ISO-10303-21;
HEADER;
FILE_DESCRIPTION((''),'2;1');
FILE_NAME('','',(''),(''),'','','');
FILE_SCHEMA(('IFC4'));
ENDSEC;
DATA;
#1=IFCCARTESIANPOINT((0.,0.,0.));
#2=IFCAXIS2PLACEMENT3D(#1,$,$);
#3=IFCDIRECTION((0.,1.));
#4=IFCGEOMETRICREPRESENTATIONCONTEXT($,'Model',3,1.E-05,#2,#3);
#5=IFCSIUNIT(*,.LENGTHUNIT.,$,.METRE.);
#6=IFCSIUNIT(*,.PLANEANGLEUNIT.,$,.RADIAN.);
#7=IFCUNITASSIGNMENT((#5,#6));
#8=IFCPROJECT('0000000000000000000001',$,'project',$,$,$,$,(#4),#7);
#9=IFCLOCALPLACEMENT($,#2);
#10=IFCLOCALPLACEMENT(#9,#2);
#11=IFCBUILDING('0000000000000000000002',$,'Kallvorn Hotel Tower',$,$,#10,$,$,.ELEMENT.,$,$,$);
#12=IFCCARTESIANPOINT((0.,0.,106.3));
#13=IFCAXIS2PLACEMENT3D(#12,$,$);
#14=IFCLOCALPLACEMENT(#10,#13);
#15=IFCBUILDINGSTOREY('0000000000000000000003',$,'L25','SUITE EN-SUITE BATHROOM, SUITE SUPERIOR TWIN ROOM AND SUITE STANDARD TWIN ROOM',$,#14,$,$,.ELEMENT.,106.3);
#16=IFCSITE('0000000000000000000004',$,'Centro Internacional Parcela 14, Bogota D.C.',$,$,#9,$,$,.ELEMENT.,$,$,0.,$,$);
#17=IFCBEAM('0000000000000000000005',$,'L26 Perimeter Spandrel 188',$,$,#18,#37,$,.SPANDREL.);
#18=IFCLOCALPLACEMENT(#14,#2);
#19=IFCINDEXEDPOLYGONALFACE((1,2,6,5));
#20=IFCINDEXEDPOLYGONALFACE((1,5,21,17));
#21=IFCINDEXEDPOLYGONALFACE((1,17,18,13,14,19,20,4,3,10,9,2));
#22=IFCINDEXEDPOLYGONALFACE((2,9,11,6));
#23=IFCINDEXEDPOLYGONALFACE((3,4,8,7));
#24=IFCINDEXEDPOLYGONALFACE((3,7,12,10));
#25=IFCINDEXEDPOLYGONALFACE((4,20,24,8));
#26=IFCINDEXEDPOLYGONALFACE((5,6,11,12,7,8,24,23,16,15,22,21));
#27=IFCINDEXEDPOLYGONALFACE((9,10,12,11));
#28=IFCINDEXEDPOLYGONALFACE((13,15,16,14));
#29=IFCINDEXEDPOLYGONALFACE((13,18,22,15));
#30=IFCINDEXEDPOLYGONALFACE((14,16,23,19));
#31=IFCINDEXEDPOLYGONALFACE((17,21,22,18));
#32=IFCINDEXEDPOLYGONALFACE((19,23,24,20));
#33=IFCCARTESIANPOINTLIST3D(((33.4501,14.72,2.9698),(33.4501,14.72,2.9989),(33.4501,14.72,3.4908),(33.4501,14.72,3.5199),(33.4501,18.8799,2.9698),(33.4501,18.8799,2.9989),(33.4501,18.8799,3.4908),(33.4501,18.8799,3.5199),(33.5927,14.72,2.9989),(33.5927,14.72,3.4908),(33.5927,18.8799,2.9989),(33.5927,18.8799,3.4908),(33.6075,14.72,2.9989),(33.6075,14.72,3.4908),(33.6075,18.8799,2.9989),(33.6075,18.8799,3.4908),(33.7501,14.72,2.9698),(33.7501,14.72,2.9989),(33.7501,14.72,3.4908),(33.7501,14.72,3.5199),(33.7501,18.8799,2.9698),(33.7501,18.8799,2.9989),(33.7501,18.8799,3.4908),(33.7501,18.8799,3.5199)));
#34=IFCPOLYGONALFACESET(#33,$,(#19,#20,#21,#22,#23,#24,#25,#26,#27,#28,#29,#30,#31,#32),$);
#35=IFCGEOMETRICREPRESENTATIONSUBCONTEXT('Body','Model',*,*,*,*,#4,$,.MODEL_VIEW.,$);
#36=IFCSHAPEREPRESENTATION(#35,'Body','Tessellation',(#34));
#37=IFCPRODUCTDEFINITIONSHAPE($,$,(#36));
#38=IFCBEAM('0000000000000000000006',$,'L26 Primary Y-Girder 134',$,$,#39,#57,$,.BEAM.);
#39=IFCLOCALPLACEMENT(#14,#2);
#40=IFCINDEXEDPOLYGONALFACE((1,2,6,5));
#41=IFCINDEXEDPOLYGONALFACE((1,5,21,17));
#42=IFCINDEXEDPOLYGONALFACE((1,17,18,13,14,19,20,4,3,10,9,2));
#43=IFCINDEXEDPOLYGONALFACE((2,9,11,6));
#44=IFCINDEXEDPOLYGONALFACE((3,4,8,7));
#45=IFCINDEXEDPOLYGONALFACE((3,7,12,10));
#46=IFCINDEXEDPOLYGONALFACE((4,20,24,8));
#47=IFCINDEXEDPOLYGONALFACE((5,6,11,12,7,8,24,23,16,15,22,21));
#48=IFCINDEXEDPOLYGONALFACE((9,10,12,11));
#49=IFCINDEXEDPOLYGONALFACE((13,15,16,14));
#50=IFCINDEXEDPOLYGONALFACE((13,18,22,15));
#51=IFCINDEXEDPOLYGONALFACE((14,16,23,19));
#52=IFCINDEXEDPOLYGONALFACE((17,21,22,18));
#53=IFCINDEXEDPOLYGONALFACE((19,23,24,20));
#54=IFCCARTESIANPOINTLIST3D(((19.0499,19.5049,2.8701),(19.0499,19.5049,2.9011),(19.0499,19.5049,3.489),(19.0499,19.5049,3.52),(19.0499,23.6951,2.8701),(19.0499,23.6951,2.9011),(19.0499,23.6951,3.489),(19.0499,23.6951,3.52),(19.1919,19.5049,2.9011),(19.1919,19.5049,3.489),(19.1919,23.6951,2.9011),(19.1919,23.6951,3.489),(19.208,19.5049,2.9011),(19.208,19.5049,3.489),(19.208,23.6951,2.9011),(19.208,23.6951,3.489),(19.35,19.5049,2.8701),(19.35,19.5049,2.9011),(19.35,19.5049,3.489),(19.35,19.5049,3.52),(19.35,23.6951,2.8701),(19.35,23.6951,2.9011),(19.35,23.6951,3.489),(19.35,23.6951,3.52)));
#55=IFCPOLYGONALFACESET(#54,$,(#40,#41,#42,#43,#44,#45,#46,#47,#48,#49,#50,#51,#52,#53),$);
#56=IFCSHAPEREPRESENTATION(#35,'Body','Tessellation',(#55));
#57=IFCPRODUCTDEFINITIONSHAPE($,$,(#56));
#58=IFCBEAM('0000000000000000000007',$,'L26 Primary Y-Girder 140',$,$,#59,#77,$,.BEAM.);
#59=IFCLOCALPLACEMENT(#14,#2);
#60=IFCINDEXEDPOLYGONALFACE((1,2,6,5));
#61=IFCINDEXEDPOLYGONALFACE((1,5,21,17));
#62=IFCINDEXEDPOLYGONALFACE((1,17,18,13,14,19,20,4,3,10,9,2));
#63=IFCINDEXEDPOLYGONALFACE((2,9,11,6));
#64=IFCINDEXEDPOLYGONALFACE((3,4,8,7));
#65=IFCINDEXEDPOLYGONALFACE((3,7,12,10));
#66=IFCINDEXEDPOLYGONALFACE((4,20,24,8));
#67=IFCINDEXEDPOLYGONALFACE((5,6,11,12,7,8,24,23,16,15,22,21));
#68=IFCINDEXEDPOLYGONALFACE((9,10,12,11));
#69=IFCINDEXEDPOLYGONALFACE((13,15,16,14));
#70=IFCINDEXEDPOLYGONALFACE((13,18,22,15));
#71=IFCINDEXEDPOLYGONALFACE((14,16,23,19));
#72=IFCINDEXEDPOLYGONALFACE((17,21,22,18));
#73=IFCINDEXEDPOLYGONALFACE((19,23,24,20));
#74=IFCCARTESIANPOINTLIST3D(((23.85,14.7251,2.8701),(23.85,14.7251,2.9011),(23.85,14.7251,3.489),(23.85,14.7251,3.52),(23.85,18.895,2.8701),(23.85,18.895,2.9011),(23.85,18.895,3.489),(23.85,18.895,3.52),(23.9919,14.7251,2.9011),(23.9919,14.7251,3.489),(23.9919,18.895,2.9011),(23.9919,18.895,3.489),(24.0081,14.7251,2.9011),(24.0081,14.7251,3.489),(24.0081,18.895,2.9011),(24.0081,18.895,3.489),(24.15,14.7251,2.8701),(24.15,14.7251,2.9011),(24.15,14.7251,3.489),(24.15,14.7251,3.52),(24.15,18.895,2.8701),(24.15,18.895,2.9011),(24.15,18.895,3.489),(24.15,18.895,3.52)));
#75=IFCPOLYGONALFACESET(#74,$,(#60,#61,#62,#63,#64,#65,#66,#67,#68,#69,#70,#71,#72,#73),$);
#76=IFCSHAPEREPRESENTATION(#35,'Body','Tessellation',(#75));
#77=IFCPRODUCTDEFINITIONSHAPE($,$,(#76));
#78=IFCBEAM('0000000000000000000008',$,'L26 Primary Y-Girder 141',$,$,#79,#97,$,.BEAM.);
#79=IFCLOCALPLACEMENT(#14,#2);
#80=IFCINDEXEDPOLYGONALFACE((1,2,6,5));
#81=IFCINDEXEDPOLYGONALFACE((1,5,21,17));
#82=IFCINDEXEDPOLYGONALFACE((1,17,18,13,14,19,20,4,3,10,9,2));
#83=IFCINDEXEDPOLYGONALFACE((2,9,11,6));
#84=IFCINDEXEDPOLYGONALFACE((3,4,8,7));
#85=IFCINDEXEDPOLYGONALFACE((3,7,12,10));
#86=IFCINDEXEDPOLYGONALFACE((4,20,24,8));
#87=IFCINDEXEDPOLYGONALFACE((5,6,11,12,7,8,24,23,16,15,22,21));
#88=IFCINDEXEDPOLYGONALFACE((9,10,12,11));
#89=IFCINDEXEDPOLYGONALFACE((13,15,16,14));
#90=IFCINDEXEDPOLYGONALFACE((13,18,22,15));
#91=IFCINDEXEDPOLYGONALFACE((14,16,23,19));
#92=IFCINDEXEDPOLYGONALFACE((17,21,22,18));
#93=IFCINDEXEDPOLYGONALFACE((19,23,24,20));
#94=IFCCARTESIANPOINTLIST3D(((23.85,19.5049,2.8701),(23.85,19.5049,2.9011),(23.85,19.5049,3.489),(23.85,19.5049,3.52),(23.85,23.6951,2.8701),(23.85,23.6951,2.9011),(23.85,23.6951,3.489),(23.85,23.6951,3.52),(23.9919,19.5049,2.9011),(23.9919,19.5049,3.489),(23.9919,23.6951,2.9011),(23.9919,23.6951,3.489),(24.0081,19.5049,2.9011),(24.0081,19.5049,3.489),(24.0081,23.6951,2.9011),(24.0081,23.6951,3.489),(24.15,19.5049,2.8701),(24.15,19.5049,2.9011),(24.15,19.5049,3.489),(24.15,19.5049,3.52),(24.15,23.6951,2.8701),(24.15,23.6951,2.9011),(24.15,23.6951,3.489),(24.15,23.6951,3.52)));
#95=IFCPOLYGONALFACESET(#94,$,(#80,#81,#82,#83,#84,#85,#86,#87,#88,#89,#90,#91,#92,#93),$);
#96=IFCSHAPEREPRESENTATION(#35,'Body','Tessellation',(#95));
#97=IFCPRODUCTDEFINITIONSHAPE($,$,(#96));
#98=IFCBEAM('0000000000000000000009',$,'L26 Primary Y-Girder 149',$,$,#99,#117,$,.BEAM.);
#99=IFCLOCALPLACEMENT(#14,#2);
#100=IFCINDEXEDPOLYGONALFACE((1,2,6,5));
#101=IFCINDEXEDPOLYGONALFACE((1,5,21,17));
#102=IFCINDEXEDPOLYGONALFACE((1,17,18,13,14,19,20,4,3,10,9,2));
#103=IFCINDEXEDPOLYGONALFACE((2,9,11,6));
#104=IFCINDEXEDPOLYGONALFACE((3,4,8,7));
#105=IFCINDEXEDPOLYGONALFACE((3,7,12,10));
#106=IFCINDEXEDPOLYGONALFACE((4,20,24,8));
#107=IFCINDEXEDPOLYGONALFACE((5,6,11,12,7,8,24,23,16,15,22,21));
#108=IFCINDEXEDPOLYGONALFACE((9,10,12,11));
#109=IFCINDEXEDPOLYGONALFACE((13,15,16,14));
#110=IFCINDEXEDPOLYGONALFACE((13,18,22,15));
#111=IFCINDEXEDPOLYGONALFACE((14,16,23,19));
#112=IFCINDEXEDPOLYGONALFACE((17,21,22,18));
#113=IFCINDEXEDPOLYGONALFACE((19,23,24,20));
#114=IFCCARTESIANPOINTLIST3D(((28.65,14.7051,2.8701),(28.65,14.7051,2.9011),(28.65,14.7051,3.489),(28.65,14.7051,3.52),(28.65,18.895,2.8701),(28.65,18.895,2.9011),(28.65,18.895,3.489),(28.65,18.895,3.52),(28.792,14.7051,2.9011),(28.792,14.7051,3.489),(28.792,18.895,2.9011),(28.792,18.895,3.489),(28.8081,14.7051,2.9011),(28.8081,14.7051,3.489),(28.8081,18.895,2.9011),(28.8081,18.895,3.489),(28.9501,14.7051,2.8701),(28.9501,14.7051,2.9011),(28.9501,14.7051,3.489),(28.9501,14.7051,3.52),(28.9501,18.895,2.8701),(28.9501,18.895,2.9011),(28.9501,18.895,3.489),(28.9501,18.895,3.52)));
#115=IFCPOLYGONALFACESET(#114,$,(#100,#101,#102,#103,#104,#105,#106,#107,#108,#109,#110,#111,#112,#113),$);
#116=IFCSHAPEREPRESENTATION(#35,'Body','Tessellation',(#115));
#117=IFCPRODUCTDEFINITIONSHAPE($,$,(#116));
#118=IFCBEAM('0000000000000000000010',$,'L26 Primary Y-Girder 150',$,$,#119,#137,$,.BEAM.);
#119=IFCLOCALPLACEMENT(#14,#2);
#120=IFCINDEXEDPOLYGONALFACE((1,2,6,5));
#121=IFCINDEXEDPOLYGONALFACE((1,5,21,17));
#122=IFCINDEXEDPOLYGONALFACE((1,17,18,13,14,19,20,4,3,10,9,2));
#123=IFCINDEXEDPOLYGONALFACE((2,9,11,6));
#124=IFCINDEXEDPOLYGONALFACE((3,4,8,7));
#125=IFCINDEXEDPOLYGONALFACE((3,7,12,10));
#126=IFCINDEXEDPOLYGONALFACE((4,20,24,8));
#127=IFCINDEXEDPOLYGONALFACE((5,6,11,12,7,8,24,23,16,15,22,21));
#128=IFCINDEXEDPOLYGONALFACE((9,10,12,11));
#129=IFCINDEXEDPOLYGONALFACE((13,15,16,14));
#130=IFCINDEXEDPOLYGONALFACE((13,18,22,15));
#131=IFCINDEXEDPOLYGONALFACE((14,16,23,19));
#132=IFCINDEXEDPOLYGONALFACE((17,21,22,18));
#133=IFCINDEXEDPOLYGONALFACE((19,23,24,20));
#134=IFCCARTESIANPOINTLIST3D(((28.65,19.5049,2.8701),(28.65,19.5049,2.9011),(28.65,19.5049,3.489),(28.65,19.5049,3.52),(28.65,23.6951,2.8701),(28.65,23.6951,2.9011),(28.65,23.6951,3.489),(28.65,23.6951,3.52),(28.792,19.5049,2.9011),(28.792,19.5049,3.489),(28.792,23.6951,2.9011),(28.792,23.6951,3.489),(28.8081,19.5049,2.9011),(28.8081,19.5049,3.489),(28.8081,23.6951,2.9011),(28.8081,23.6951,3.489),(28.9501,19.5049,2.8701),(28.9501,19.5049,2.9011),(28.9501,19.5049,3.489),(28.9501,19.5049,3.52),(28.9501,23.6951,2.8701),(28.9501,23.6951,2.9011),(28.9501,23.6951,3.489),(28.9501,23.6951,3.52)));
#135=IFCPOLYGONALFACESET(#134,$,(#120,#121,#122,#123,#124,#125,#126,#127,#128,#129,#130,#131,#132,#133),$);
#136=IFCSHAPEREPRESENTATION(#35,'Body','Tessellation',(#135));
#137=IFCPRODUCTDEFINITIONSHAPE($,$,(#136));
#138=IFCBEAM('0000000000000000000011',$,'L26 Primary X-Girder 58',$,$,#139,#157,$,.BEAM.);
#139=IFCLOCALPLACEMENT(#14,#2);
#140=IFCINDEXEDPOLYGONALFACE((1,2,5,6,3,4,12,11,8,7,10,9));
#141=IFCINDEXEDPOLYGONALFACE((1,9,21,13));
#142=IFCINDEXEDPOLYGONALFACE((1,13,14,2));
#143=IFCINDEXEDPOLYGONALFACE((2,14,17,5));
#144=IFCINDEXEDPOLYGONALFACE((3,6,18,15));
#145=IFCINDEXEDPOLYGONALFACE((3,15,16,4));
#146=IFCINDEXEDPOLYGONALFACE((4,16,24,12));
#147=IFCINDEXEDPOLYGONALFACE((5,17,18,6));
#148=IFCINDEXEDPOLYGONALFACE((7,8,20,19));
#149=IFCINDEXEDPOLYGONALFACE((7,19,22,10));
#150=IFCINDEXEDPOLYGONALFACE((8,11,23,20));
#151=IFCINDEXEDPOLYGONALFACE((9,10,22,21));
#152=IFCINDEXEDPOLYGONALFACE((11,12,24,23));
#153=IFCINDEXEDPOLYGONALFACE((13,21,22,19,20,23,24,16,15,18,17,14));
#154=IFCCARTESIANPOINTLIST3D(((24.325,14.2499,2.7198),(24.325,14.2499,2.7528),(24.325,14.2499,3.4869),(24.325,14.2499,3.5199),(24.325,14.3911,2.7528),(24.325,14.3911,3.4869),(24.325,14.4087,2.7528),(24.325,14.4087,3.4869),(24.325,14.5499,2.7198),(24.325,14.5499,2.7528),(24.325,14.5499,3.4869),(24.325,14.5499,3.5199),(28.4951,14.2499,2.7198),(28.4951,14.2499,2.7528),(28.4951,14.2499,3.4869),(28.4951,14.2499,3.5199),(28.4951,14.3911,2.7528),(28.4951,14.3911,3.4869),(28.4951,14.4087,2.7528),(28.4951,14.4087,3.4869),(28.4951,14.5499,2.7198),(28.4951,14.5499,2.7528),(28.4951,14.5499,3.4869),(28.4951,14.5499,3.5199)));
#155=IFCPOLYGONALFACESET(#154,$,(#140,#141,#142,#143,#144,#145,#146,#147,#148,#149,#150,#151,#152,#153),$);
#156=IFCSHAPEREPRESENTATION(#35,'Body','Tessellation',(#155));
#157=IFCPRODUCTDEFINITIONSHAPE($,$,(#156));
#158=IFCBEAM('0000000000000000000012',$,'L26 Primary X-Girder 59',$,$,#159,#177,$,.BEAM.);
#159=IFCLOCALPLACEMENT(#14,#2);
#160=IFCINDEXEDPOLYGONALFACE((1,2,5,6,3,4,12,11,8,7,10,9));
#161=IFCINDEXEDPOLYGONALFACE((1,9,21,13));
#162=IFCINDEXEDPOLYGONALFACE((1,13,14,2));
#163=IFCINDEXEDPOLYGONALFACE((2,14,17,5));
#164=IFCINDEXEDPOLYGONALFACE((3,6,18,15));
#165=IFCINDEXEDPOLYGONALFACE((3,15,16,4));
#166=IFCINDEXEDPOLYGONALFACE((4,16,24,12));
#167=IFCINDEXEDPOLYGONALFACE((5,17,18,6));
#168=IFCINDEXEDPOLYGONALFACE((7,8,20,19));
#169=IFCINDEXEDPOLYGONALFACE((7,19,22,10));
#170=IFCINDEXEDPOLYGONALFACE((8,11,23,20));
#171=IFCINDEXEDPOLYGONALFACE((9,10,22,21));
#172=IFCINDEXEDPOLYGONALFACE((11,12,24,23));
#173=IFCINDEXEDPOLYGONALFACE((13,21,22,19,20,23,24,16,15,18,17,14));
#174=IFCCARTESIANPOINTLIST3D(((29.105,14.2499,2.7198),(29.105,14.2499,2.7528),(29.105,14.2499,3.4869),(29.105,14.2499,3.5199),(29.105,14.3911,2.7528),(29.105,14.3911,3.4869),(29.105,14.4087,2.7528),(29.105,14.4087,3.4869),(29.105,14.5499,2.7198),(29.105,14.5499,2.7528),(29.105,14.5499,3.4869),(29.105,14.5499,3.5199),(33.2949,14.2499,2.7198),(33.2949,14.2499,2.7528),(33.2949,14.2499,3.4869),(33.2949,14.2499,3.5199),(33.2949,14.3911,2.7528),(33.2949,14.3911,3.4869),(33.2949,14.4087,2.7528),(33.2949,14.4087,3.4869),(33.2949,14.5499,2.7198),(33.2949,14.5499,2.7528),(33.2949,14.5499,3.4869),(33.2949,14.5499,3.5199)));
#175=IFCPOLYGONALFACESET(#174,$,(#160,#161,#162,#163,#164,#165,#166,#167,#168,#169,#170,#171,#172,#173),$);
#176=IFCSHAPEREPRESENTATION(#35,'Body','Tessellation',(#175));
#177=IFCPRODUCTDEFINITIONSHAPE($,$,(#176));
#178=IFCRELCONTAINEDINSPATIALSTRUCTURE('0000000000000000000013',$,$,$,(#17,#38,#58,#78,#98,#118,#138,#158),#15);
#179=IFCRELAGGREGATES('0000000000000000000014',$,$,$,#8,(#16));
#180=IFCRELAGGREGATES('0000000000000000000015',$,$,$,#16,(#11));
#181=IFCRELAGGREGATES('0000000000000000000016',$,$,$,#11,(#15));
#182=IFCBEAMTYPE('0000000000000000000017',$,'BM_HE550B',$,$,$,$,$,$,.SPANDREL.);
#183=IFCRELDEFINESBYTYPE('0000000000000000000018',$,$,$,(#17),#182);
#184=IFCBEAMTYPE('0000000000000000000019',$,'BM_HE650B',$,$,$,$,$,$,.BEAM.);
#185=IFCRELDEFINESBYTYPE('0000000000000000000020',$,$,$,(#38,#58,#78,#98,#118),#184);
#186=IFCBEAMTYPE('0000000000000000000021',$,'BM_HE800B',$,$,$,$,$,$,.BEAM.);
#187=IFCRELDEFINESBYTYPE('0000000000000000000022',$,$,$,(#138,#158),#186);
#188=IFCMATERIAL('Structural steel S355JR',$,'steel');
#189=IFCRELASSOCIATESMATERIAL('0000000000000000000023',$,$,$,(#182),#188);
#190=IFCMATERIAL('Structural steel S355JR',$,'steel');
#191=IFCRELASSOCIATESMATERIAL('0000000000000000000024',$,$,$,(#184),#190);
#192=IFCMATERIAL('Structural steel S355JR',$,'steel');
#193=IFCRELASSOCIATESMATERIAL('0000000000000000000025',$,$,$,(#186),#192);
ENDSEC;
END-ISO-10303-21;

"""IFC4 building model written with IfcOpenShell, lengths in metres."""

from ifc_helpers import new_model, si_unit, direction, frame, origin, origin_2d, place, context, subcontext, project, spatial, i_section, extrude, material, material_profile, profile_set, type_object, element, save


model = new_model("IFC4")

# Units and contexts
model_context = context("Model", 3, precision=1e-05, world=origin(), true_north=direction((0.0, 1.0)))
body_context = subcontext(model_context, "Body", "Model", "MODEL_VIEW")
ifc_project = project(units=[si_unit("LENGTHUNIT", "METRE"), si_unit("PLANEANGLEUNIT", "RADIAN")], contexts=[model_context])

# Site, building, storey
site_placement = place(None, origin())
site = spatial("IfcSite", under=ifc_project, at=site_placement, Name="Centro Internacional Parcela 14, Bogota D.C.", CompositionType="ELEMENT", RefElevation=0.0)
building_placement = place(site_placement, origin())
building = spatial("IfcBuilding", under=site, at=building_placement, Name="Kallvorn Hotel Tower", CompositionType="ELEMENT")
storey_placement = place(building_placement, frame((0.0, 0.0, 106.3)))
storey = spatial("IfcBuildingStorey", under=building, at=storey_placement, Name="L25", Description="SUITE EN-SUITE BATHROOM, SUITE SUPERIOR TWIN ROOM AND SUITE STANDARD TWIN ROOM", CompositionType="ELEMENT", Elevation=106.3)

# Beams
ifc_material_1 = material(Name="Structural steel S355JR", Category="steel")
ifc_material_profile_1 = material_profile(ifc_material_1, i_section(OverallWidth=0.3, OverallDepth=0.55, WebThickness=0.0149, FlangeThickness=0.0291, at=origin_2d()), Name="HE 550 B")
ifc_profile_set_1 = profile_set([ifc_material_profile_1], Name="Structural steel S355JR")
beam_type_1 = type_object("IfcBeamType", Name="BM_HE550B", PredefinedType="SPANDREL", material=ifc_profile_set_1)
for number, where, z_axis, x_axis, name in (
    (1, (33.6001, 14.72, 3.2449), (0.0, 1.0, 0.0), (-1.0, 0.0, 0.0), "L26 Perimeter Spandrel 188"),
):
    element("IfcBeam", number, at=place(storey_placement, frame(where, z_axis=z_axis, x_axis=x_axis)), inside=storey, type_object=beam_type_1, Name=name, PredefinedType="SPANDREL", context=body_context, shape_type="SweptSolid", body=[
        extrude(i_section(OverallWidth=0.3, OverallDepth=0.55, WebThickness=0.0149, FlangeThickness=0.0291, at=origin_2d()), origin(), (0.0, 0.0, 1.0), 4.1599),
    ])
ifc_material_2 = material(Name="Structural steel S355JR", Category="steel")
ifc_material_profile_2 = material_profile(ifc_material_2, i_section(OverallWidth=0.3, OverallDepth=0.6499, WebThickness=0.0161, FlangeThickness=0.031, at=origin_2d()), Name="HE 650 B")
ifc_profile_set_2 = profile_set([ifc_material_profile_2], Name="Structural steel S355JR")
beam_type_2 = type_object("IfcBeamType", Name="BM_HE650B", PredefinedType="BEAM", material=ifc_profile_set_2)
beam_1_placement = place(storey_placement, frame((19.2, 19.5049, 3.1951), z_axis=(0.0, 1.0, 0.0), x_axis=(-1.0, 0.0, 0.0)))
element("IfcBeam", 2, at=beam_1_placement, inside=storey, type_object=beam_type_2, Name="L26 Primary Y-Girder 134", PredefinedType="BEAM", context=body_context, shape_type="SweptSolid", body=[
    extrude(i_section(OverallWidth=0.3, OverallDepth=0.6499, WebThickness=0.0161, FlangeThickness=0.031, at=origin_2d()), origin(), (0.0, 0.0, 1.0), 4.1902),
])
beam_2_placement = place(storey_placement, frame((24.0, 14.7251, 3.1951), z_axis=(0.0, 1.0, 0.0), x_axis=(-1.0, 0.0, 0.0)))
element("IfcBeam", 3, at=beam_2_placement, inside=storey, type_object=beam_type_2, Name="L26 Primary Y-Girder 140", PredefinedType="BEAM", context=body_context, shape_type="SweptSolid", body=[
    extrude(i_section(OverallWidth=0.3, OverallDepth=0.6499, WebThickness=0.0161, FlangeThickness=0.031, at=origin_2d()), origin(), (0.0, 0.0, 1.0), 4.1699),
])
beam_3_placement = place(storey_placement, frame((24.0, 19.5049, 3.1951), z_axis=(0.0, 1.0, 0.0), x_axis=(-1.0, 0.0, 0.0)))
element("IfcBeam", 4, at=beam_3_placement, inside=storey, type_object=beam_type_2, Name="L26 Primary Y-Girder 141", PredefinedType="BEAM", context=body_context, shape_type="SweptSolid", body=[
    extrude(i_section(OverallWidth=0.3, OverallDepth=0.6499, WebThickness=0.0161, FlangeThickness=0.031, at=origin_2d()), origin(), (0.0, 0.0, 1.0), 4.1902),
])
beam_4_placement = place(storey_placement, frame((28.8, 14.7051, 3.1951), z_axis=(0.0, 1.0, 0.0), x_axis=(-1.0, 0.0, 0.0)))
element("IfcBeam", 5, at=beam_4_placement, inside=storey, type_object=beam_type_2, Name="L26 Primary Y-Girder 149", PredefinedType="BEAM", context=body_context, shape_type="SweptSolid", body=[
    extrude(i_section(OverallWidth=0.3, OverallDepth=0.6499, WebThickness=0.0161, FlangeThickness=0.031, at=origin_2d()), origin(), (0.0, 0.0, 1.0), 4.1899),
])
beam_5_placement = place(storey_placement, frame((28.8, 19.5049, 3.1951), z_axis=(0.0, 1.0, 0.0), x_axis=(-1.0, 0.0, 0.0)))
element("IfcBeam", 6, at=beam_5_placement, inside=storey, type_object=beam_type_2, Name="L26 Primary Y-Girder 150", PredefinedType="BEAM", context=body_context, shape_type="SweptSolid", body=[
    extrude(i_section(OverallWidth=0.3, OverallDepth=0.6499, WebThickness=0.0161, FlangeThickness=0.031, at=origin_2d()), origin(), (0.0, 0.0, 1.0), 4.1902),
])
ifc_material_3 = material(Name="Structural steel S355JR", Category="steel")
ifc_material_profile_3 = material_profile(ifc_material_3, i_section(OverallWidth=0.3, OverallDepth=0.8, WebThickness=0.0176, FlangeThickness=0.033, at=origin_2d()), Name="HE 800 B")
ifc_profile_set_3 = profile_set([ifc_material_profile_3], Name="Structural steel S355JR")
beam_type_3 = type_object("IfcBeamType", Name="BM_HE800B", PredefinedType="BEAM", material=ifc_profile_set_3)
beam_6_placement = place(storey_placement, frame((24.325, 14.3999, 3.1199), z_axis=(1.0, 0.0, 0.0), x_axis=(0.0, 1.0, 0.0)))
element("IfcBeam", 7, at=beam_6_placement, inside=storey, type_object=beam_type_3, Name="L26 Primary X-Girder 58", PredefinedType="BEAM", context=body_context, shape_type="SweptSolid", body=[
    extrude(i_section(OverallWidth=0.3, OverallDepth=0.8, WebThickness=0.0176, FlangeThickness=0.033, at=origin_2d()), origin(), (0.0, 0.0, 1.0), 4.1702),
])
beam_7_placement = place(storey_placement, frame((29.105, 14.3999, 3.1199), z_axis=(1.0, 0.0, 0.0), x_axis=(0.0, 1.0, 0.0)))
element("IfcBeam", 8, at=beam_7_placement, inside=storey, type_object=beam_type_3, Name="L26 Primary X-Girder 59", PredefinedType="BEAM", context=body_context, shape_type="SweptSolid", body=[
    extrude(i_section(OverallWidth=0.3, OverallDepth=0.8, WebThickness=0.0176, FlangeThickness=0.033, at=origin_2d()), origin(), (0.0, 0.0, 1.0), 4.1899),
])

save(model, "model.ifc")
